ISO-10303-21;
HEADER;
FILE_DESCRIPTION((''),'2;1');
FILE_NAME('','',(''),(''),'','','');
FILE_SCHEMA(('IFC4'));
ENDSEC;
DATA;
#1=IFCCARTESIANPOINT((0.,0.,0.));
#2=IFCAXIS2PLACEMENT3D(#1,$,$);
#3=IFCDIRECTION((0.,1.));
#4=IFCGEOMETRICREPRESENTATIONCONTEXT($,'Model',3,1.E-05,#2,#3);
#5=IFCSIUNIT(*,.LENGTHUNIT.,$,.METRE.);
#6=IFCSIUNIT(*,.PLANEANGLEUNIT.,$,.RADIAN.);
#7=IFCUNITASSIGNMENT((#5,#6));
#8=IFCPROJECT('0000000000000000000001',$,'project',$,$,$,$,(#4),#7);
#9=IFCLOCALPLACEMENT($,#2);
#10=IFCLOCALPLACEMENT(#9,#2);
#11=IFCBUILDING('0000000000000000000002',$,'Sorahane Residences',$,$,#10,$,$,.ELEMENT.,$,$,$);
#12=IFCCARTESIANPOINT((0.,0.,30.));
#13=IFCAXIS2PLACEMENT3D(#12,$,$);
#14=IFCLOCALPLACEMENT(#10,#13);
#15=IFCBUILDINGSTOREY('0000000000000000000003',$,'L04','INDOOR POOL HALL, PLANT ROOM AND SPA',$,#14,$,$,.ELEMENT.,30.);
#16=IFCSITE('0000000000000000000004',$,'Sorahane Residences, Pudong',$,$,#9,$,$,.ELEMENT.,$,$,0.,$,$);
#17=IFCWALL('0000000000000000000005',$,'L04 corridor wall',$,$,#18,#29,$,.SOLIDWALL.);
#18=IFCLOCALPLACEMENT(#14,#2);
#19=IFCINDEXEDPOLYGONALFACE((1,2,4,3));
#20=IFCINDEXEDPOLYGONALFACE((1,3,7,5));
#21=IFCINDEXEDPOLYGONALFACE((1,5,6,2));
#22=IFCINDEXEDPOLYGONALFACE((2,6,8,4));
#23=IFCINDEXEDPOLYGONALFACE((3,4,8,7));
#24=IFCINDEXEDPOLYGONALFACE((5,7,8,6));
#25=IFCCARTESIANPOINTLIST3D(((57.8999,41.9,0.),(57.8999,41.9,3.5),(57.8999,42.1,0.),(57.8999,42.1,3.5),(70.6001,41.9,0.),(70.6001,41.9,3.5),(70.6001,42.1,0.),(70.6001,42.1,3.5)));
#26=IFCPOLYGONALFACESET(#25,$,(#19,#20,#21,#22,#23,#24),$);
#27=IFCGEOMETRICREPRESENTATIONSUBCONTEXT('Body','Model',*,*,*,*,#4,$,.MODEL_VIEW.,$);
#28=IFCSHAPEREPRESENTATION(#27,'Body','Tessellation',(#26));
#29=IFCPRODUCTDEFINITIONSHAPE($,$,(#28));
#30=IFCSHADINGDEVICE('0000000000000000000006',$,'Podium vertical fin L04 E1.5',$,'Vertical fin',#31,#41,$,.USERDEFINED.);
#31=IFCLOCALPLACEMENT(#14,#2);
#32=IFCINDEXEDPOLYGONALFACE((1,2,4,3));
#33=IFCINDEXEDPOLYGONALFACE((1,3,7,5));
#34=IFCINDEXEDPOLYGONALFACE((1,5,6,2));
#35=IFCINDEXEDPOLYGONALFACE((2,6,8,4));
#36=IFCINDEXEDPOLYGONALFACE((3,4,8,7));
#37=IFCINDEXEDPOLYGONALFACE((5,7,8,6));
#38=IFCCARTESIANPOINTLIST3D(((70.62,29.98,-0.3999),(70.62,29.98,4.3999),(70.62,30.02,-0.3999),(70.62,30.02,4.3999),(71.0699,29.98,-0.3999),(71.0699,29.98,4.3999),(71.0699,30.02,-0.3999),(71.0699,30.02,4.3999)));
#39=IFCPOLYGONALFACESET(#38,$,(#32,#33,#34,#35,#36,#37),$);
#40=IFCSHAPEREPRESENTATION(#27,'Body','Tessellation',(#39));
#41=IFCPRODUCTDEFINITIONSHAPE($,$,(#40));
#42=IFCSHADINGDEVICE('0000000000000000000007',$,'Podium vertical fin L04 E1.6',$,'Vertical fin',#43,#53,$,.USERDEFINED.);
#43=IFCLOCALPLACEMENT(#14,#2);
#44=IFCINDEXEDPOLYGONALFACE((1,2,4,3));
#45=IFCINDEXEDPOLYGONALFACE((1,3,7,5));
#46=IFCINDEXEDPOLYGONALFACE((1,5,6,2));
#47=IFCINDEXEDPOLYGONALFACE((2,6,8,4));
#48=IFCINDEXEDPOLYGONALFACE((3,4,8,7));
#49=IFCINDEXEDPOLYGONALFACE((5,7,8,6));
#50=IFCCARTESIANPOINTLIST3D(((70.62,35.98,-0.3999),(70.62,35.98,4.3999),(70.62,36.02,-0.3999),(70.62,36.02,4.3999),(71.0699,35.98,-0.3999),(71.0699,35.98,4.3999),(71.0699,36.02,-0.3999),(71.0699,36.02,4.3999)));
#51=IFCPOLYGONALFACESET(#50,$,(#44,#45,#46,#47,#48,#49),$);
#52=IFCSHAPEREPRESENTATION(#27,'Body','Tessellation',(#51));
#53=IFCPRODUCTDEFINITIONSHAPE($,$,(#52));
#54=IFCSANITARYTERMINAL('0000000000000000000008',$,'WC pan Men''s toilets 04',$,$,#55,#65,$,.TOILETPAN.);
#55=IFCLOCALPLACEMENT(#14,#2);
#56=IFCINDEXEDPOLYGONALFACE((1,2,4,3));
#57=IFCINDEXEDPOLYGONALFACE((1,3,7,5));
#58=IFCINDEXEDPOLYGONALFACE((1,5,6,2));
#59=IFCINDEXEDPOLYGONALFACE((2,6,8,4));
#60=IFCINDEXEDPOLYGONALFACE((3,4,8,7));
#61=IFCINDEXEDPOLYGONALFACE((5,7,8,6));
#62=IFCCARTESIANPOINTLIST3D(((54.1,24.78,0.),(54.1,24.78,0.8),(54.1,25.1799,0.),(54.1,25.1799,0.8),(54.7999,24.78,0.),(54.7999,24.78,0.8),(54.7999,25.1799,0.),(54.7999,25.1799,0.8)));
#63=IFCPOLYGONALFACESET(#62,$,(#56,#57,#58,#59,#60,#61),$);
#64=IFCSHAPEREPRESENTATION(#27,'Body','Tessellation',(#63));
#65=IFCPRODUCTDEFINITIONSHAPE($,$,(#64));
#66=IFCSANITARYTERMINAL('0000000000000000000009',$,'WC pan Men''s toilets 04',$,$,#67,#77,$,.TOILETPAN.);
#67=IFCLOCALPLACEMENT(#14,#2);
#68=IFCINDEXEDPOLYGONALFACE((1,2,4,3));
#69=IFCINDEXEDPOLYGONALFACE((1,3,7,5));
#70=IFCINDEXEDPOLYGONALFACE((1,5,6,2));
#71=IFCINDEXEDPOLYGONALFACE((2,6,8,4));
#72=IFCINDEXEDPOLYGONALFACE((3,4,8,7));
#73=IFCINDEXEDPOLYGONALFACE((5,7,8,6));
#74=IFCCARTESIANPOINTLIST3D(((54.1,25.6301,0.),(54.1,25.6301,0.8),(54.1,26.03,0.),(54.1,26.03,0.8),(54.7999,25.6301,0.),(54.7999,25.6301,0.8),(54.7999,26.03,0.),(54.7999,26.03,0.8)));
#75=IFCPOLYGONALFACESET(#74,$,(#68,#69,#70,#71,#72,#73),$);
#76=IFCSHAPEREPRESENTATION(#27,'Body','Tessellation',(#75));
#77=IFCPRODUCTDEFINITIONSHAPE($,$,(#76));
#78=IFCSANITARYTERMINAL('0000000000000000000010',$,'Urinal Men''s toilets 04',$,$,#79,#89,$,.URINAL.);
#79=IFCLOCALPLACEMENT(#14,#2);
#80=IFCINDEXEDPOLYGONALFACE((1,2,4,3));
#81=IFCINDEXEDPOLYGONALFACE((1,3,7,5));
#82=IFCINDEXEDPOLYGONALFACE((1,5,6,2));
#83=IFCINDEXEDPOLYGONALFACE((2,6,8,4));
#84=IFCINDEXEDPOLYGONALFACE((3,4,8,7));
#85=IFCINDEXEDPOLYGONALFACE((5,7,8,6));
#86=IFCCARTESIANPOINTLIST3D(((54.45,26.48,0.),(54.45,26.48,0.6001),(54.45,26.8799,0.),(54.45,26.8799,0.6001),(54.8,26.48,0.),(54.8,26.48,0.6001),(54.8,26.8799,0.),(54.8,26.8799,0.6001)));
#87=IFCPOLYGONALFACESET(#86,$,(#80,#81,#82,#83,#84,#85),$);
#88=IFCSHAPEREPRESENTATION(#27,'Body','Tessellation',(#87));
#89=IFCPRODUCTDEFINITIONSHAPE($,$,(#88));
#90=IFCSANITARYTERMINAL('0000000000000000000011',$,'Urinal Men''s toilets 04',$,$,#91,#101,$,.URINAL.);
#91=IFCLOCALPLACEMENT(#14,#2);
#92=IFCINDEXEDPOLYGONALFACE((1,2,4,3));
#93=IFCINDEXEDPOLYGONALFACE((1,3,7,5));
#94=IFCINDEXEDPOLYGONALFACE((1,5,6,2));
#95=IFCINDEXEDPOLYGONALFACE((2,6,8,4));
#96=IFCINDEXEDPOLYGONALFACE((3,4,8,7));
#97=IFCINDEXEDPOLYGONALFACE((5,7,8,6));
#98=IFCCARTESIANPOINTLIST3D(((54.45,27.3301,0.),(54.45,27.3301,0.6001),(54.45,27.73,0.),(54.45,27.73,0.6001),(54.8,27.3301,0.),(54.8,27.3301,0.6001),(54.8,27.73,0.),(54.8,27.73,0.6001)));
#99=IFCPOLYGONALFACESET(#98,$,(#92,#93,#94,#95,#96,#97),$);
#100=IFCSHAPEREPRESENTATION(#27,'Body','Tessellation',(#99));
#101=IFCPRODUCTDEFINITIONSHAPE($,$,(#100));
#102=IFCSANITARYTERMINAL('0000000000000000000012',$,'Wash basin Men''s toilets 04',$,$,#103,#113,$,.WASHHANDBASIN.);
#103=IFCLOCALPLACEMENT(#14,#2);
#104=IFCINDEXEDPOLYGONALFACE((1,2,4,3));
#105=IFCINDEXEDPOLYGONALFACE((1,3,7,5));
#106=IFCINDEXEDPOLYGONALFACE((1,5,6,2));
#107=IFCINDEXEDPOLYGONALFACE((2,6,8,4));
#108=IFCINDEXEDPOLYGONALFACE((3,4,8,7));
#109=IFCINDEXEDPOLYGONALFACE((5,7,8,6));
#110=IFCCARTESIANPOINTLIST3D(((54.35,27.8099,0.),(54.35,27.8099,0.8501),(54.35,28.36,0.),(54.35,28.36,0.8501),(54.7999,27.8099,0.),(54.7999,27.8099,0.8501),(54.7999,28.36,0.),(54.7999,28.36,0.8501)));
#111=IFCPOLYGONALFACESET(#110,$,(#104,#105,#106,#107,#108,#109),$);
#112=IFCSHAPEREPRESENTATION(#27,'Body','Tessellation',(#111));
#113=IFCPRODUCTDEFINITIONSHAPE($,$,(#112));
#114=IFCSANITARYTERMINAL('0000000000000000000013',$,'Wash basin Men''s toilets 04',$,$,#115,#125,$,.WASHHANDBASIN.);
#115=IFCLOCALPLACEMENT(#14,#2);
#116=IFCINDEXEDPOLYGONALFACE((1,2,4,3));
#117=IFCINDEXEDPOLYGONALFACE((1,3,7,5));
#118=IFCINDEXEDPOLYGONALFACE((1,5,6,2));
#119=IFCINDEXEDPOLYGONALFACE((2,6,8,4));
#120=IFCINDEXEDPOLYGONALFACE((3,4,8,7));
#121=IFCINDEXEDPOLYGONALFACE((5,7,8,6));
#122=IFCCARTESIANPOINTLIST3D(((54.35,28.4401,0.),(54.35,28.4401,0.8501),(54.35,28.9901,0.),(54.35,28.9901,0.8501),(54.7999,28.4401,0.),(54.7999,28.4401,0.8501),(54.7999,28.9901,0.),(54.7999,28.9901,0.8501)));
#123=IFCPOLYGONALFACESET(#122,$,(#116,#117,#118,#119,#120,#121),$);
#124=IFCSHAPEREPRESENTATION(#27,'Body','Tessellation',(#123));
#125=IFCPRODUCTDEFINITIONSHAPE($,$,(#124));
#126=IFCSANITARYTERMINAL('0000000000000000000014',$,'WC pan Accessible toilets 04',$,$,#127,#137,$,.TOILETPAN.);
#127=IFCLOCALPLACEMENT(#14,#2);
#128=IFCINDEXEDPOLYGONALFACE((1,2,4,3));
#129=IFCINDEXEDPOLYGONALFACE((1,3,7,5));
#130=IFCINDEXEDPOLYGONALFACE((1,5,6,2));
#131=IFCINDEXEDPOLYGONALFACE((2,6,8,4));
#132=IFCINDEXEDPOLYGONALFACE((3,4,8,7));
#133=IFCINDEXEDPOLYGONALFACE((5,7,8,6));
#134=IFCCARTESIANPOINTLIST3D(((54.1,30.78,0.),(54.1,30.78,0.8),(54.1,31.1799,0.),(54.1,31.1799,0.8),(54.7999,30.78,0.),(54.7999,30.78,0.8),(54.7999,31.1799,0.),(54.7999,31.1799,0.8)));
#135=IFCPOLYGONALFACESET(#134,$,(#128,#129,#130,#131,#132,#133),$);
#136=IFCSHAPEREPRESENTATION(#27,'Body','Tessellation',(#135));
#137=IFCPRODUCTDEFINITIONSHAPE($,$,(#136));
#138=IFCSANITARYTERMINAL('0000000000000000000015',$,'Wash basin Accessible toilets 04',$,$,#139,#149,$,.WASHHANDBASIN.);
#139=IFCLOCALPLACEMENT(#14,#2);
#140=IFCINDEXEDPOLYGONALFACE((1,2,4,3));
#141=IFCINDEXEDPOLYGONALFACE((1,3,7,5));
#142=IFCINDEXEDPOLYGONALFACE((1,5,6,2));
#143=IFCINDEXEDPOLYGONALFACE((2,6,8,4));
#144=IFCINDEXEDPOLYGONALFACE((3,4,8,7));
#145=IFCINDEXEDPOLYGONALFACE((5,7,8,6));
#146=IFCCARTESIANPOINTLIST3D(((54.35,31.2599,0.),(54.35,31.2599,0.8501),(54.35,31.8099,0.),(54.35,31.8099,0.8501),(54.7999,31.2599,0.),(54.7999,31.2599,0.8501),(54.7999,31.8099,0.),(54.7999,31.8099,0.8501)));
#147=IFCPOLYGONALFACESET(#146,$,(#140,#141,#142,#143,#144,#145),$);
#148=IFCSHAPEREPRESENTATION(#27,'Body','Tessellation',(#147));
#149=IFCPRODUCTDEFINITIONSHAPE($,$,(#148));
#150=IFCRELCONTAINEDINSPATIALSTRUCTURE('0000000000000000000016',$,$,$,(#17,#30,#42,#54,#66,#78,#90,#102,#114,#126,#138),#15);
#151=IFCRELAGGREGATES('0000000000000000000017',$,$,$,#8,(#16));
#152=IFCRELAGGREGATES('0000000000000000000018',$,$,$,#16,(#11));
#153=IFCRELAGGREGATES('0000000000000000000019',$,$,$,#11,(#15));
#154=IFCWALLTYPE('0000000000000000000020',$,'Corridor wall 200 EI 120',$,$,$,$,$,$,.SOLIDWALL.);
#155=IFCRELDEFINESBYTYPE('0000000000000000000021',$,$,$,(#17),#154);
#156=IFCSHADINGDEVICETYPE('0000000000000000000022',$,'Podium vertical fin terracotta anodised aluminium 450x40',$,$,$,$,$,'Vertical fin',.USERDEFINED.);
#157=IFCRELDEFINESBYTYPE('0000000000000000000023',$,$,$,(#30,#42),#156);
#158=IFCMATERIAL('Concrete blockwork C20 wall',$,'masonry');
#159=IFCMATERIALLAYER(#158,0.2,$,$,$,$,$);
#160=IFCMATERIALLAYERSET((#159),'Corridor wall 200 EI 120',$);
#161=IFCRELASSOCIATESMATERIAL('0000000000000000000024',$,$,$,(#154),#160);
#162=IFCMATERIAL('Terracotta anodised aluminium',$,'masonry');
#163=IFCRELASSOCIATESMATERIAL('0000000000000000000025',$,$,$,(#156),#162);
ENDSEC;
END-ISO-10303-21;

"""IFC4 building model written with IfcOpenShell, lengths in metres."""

from ifc_helpers import new_model, si_unit, direction, frame, frame_2d, origin, origin_2d, place, context, subcontext, project, spatial, rectangle, extrude, material, layer, layer_set, material_profile, profile_set, type_object, element, save


model = new_model("IFC4")

# Units and contexts
model_context = context("Model", 3, precision=1e-05, world=origin(), true_north=direction((0.0, 1.0)))
body_context = subcontext(model_context, "Body", "Model", "MODEL_VIEW")
ifc_project = project(units=[si_unit("LENGTHUNIT", "METRE"), si_unit("PLANEANGLEUNIT", "RADIAN")], contexts=[model_context])

# Site, building, storey
site_placement = place(None, origin())
site = spatial("IfcSite", under=ifc_project, at=site_placement, Name="Sorahane Residences, Pudong", CompositionType="ELEMENT", RefElevation=0.0)
building_placement = place(site_placement, origin())
building = spatial("IfcBuilding", under=site, at=building_placement, Name="Sorahane Residences", CompositionType="ELEMENT")
storey_placement = place(building_placement, frame((0.0, 0.0, 30.0)))
storey = spatial("IfcBuildingStorey", under=building, at=storey_placement, Name="L04", Description="INDOOR POOL HALL, PLANT ROOM AND SPA", CompositionType="ELEMENT", Elevation=30.0)

# Wall
ifc_material_1 = material(Name="Concrete blockwork C20 wall", Category="masonry")
ifc_layer_1 = layer(ifc_material_1, 0.2)
ifc_layer_set_1 = layer_set([ifc_layer_1], Name="Corridor wall 200 EI 120")
wall_type = type_object("IfcWallType", Name="Corridor wall 200 EI 120", PredefinedType="SOLIDWALL", material=ifc_layer_set_1)
for number, where, z_axis, x_axis, name in (
    (1, (57.8999, 42.0, 0.0), (0.0, 0.0, 1.0), (1.0, 0.0, 0.0), "L04 corridor wall"),
):
    element("IfcWall", number, at=place(storey_placement, frame(where, z_axis=z_axis, x_axis=x_axis)), inside=storey, type_object=wall_type, Name=name, PredefinedType="SOLIDWALL", context=body_context, shape_type="SweptSolid", body=[
        extrude(rectangle(XDim=12.7002, YDim=0.2, at=frame_2d((6.3501, 0.0))), origin(), (0.0, 0.0, 1.0), 3.5),
    ])

# Shading devices
ifc_material_2 = material(Name="Terracotta anodised aluminium", Category="masonry")
ifc_material_profile_1 = material_profile(ifc_material_2, rectangle(XDim=0.45, YDim=0.04, at=origin_2d()), Name="Podium vertical fin terracotta anodised aluminium 450x40")
ifc_profile_set_1 = profile_set([ifc_material_profile_1], Name="Terracotta anodised aluminium")
shading_device_type = type_object("IfcShadingDeviceType", Name="Podium vertical fin terracotta anodised aluminium 450x40", ElementType="Vertical fin", PredefinedType="USERDEFINED", material=ifc_profile_set_1)
for number, where, z_axis, x_axis, name in (
    (2, (70.845, 30.0, -0.3999), (0.0, 0.0, 1.0), (1.0, 0.0, 0.0), "Podium vertical fin L04 E1.5"),
    (3, (70.845, 36.0, -0.3999), (0.0, 0.0, 1.0), (1.0, 0.0, 0.0), "Podium vertical fin L04 E1.6"),
):
    element("IfcShadingDevice", number, at=place(storey_placement, frame(where, z_axis=z_axis, x_axis=x_axis)), inside=storey, type_object=shading_device_type, Name=name, ObjectType="Vertical fin", PredefinedType="USERDEFINED", context=body_context, shape_type="SweptSolid", body=[
        extrude(rectangle(XDim=0.45, YDim=0.04, at=origin_2d()), origin(), (0.0, 0.0, 1.0), 4.7998),
    ])

# Sanitary terminals
for number, where, z_axis, x_axis, name in (
    (4, (54.45, 24.98, 0.0), (0.0, 0.0, 1.0), (0.0, -1.0, 0.0), "WC pan Men's toilets 04"),
    (5, (54.45, 25.8301, 0.0), (0.0, 0.0, 1.0), (0.0, -1.0, 0.0), "WC pan Men's toilets 04"),
):
    element("IfcSanitaryTerminal", number, at=place(storey_placement, frame(where, z_axis=z_axis, x_axis=x_axis)), inside=storey, Name=name, PredefinedType="TOILETPAN", context=body_context, shape_type="SweptSolid", body=[
        extrude(rectangle(XDim=0.3999, YDim=0.7, at=origin_2d()), origin(), (0.0, 0.0, 1.0), 0.8),
    ])
for number, where, z_axis, x_axis, name in (
    (6, (54.625, 26.6799, 0.0), (0.0, 0.0, 1.0), (0.0, -1.0, 0.0), "Urinal Men's toilets 04"),
    (7, (54.625, 27.53, 0.0), (0.0, 0.0, 1.0), (0.0, -1.0, 0.0), "Urinal Men's toilets 04"),
):
    element("IfcSanitaryTerminal", number, at=place(storey_placement, frame(where, z_axis=z_axis, x_axis=x_axis)), inside=storey, Name=name, PredefinedType="URINAL", context=body_context, shape_type="SweptSolid", body=[
        extrude(rectangle(XDim=0.3999, YDim=0.3501, at=origin_2d()), origin(), (0.0, 0.0, 1.0), 0.6001),
    ])
for number, where, z_axis, x_axis, name in (
    (8, (54.575, 28.085, 0.0), (0.0, 0.0, 1.0), (0.0, -1.0, 0.0), "Wash basin Men's toilets 04"),
    (9, (54.575, 28.7151, 0.0), (0.0, 0.0, 1.0), (0.0, -1.0, 0.0), "Wash basin Men's toilets 04"),
):
    element("IfcSanitaryTerminal", number, at=place(storey_placement, frame(where, z_axis=z_axis, x_axis=x_axis)), inside=storey, Name=name, PredefinedType="WASHHANDBASIN", context=body_context, shape_type="SweptSolid", body=[
        extrude(rectangle(XDim=0.55, YDim=0.45, at=origin_2d()), origin(), (0.0, 0.0, 1.0), 0.8501),
    ])
sanitary_terminal_1_placement = place(storey_placement, frame((54.45, 30.98, 0.0), z_axis=(0.0, 0.0, 1.0), x_axis=(0.0, -1.0, 0.0)))
element("IfcSanitaryTerminal", 10, at=sanitary_terminal_1_placement, inside=storey, Name="WC pan Accessible toilets 04", PredefinedType="TOILETPAN", context=body_context, shape_type="SweptSolid", body=[
    extrude(rectangle(XDim=0.3999, YDim=0.7, at=origin_2d()), origin(), (0.0, 0.0, 1.0), 0.8),
])
sanitary_terminal_2_placement = place(storey_placement, frame((54.575, 31.5349, 0.0), z_axis=(0.0, 0.0, 1.0), x_axis=(0.0, -1.0, 0.0)))
element("IfcSanitaryTerminal", 11, at=sanitary_terminal_2_placement, inside=storey, Name="Wash basin Accessible toilets 04", PredefinedType="WASHHANDBASIN", context=body_context, shape_type="SweptSolid", body=[
    extrude(rectangle(XDim=0.55, YDim=0.45, at=origin_2d()), origin(), (0.0, 0.0, 1.0), 0.8501),
])

save(model, "model.ifc")
